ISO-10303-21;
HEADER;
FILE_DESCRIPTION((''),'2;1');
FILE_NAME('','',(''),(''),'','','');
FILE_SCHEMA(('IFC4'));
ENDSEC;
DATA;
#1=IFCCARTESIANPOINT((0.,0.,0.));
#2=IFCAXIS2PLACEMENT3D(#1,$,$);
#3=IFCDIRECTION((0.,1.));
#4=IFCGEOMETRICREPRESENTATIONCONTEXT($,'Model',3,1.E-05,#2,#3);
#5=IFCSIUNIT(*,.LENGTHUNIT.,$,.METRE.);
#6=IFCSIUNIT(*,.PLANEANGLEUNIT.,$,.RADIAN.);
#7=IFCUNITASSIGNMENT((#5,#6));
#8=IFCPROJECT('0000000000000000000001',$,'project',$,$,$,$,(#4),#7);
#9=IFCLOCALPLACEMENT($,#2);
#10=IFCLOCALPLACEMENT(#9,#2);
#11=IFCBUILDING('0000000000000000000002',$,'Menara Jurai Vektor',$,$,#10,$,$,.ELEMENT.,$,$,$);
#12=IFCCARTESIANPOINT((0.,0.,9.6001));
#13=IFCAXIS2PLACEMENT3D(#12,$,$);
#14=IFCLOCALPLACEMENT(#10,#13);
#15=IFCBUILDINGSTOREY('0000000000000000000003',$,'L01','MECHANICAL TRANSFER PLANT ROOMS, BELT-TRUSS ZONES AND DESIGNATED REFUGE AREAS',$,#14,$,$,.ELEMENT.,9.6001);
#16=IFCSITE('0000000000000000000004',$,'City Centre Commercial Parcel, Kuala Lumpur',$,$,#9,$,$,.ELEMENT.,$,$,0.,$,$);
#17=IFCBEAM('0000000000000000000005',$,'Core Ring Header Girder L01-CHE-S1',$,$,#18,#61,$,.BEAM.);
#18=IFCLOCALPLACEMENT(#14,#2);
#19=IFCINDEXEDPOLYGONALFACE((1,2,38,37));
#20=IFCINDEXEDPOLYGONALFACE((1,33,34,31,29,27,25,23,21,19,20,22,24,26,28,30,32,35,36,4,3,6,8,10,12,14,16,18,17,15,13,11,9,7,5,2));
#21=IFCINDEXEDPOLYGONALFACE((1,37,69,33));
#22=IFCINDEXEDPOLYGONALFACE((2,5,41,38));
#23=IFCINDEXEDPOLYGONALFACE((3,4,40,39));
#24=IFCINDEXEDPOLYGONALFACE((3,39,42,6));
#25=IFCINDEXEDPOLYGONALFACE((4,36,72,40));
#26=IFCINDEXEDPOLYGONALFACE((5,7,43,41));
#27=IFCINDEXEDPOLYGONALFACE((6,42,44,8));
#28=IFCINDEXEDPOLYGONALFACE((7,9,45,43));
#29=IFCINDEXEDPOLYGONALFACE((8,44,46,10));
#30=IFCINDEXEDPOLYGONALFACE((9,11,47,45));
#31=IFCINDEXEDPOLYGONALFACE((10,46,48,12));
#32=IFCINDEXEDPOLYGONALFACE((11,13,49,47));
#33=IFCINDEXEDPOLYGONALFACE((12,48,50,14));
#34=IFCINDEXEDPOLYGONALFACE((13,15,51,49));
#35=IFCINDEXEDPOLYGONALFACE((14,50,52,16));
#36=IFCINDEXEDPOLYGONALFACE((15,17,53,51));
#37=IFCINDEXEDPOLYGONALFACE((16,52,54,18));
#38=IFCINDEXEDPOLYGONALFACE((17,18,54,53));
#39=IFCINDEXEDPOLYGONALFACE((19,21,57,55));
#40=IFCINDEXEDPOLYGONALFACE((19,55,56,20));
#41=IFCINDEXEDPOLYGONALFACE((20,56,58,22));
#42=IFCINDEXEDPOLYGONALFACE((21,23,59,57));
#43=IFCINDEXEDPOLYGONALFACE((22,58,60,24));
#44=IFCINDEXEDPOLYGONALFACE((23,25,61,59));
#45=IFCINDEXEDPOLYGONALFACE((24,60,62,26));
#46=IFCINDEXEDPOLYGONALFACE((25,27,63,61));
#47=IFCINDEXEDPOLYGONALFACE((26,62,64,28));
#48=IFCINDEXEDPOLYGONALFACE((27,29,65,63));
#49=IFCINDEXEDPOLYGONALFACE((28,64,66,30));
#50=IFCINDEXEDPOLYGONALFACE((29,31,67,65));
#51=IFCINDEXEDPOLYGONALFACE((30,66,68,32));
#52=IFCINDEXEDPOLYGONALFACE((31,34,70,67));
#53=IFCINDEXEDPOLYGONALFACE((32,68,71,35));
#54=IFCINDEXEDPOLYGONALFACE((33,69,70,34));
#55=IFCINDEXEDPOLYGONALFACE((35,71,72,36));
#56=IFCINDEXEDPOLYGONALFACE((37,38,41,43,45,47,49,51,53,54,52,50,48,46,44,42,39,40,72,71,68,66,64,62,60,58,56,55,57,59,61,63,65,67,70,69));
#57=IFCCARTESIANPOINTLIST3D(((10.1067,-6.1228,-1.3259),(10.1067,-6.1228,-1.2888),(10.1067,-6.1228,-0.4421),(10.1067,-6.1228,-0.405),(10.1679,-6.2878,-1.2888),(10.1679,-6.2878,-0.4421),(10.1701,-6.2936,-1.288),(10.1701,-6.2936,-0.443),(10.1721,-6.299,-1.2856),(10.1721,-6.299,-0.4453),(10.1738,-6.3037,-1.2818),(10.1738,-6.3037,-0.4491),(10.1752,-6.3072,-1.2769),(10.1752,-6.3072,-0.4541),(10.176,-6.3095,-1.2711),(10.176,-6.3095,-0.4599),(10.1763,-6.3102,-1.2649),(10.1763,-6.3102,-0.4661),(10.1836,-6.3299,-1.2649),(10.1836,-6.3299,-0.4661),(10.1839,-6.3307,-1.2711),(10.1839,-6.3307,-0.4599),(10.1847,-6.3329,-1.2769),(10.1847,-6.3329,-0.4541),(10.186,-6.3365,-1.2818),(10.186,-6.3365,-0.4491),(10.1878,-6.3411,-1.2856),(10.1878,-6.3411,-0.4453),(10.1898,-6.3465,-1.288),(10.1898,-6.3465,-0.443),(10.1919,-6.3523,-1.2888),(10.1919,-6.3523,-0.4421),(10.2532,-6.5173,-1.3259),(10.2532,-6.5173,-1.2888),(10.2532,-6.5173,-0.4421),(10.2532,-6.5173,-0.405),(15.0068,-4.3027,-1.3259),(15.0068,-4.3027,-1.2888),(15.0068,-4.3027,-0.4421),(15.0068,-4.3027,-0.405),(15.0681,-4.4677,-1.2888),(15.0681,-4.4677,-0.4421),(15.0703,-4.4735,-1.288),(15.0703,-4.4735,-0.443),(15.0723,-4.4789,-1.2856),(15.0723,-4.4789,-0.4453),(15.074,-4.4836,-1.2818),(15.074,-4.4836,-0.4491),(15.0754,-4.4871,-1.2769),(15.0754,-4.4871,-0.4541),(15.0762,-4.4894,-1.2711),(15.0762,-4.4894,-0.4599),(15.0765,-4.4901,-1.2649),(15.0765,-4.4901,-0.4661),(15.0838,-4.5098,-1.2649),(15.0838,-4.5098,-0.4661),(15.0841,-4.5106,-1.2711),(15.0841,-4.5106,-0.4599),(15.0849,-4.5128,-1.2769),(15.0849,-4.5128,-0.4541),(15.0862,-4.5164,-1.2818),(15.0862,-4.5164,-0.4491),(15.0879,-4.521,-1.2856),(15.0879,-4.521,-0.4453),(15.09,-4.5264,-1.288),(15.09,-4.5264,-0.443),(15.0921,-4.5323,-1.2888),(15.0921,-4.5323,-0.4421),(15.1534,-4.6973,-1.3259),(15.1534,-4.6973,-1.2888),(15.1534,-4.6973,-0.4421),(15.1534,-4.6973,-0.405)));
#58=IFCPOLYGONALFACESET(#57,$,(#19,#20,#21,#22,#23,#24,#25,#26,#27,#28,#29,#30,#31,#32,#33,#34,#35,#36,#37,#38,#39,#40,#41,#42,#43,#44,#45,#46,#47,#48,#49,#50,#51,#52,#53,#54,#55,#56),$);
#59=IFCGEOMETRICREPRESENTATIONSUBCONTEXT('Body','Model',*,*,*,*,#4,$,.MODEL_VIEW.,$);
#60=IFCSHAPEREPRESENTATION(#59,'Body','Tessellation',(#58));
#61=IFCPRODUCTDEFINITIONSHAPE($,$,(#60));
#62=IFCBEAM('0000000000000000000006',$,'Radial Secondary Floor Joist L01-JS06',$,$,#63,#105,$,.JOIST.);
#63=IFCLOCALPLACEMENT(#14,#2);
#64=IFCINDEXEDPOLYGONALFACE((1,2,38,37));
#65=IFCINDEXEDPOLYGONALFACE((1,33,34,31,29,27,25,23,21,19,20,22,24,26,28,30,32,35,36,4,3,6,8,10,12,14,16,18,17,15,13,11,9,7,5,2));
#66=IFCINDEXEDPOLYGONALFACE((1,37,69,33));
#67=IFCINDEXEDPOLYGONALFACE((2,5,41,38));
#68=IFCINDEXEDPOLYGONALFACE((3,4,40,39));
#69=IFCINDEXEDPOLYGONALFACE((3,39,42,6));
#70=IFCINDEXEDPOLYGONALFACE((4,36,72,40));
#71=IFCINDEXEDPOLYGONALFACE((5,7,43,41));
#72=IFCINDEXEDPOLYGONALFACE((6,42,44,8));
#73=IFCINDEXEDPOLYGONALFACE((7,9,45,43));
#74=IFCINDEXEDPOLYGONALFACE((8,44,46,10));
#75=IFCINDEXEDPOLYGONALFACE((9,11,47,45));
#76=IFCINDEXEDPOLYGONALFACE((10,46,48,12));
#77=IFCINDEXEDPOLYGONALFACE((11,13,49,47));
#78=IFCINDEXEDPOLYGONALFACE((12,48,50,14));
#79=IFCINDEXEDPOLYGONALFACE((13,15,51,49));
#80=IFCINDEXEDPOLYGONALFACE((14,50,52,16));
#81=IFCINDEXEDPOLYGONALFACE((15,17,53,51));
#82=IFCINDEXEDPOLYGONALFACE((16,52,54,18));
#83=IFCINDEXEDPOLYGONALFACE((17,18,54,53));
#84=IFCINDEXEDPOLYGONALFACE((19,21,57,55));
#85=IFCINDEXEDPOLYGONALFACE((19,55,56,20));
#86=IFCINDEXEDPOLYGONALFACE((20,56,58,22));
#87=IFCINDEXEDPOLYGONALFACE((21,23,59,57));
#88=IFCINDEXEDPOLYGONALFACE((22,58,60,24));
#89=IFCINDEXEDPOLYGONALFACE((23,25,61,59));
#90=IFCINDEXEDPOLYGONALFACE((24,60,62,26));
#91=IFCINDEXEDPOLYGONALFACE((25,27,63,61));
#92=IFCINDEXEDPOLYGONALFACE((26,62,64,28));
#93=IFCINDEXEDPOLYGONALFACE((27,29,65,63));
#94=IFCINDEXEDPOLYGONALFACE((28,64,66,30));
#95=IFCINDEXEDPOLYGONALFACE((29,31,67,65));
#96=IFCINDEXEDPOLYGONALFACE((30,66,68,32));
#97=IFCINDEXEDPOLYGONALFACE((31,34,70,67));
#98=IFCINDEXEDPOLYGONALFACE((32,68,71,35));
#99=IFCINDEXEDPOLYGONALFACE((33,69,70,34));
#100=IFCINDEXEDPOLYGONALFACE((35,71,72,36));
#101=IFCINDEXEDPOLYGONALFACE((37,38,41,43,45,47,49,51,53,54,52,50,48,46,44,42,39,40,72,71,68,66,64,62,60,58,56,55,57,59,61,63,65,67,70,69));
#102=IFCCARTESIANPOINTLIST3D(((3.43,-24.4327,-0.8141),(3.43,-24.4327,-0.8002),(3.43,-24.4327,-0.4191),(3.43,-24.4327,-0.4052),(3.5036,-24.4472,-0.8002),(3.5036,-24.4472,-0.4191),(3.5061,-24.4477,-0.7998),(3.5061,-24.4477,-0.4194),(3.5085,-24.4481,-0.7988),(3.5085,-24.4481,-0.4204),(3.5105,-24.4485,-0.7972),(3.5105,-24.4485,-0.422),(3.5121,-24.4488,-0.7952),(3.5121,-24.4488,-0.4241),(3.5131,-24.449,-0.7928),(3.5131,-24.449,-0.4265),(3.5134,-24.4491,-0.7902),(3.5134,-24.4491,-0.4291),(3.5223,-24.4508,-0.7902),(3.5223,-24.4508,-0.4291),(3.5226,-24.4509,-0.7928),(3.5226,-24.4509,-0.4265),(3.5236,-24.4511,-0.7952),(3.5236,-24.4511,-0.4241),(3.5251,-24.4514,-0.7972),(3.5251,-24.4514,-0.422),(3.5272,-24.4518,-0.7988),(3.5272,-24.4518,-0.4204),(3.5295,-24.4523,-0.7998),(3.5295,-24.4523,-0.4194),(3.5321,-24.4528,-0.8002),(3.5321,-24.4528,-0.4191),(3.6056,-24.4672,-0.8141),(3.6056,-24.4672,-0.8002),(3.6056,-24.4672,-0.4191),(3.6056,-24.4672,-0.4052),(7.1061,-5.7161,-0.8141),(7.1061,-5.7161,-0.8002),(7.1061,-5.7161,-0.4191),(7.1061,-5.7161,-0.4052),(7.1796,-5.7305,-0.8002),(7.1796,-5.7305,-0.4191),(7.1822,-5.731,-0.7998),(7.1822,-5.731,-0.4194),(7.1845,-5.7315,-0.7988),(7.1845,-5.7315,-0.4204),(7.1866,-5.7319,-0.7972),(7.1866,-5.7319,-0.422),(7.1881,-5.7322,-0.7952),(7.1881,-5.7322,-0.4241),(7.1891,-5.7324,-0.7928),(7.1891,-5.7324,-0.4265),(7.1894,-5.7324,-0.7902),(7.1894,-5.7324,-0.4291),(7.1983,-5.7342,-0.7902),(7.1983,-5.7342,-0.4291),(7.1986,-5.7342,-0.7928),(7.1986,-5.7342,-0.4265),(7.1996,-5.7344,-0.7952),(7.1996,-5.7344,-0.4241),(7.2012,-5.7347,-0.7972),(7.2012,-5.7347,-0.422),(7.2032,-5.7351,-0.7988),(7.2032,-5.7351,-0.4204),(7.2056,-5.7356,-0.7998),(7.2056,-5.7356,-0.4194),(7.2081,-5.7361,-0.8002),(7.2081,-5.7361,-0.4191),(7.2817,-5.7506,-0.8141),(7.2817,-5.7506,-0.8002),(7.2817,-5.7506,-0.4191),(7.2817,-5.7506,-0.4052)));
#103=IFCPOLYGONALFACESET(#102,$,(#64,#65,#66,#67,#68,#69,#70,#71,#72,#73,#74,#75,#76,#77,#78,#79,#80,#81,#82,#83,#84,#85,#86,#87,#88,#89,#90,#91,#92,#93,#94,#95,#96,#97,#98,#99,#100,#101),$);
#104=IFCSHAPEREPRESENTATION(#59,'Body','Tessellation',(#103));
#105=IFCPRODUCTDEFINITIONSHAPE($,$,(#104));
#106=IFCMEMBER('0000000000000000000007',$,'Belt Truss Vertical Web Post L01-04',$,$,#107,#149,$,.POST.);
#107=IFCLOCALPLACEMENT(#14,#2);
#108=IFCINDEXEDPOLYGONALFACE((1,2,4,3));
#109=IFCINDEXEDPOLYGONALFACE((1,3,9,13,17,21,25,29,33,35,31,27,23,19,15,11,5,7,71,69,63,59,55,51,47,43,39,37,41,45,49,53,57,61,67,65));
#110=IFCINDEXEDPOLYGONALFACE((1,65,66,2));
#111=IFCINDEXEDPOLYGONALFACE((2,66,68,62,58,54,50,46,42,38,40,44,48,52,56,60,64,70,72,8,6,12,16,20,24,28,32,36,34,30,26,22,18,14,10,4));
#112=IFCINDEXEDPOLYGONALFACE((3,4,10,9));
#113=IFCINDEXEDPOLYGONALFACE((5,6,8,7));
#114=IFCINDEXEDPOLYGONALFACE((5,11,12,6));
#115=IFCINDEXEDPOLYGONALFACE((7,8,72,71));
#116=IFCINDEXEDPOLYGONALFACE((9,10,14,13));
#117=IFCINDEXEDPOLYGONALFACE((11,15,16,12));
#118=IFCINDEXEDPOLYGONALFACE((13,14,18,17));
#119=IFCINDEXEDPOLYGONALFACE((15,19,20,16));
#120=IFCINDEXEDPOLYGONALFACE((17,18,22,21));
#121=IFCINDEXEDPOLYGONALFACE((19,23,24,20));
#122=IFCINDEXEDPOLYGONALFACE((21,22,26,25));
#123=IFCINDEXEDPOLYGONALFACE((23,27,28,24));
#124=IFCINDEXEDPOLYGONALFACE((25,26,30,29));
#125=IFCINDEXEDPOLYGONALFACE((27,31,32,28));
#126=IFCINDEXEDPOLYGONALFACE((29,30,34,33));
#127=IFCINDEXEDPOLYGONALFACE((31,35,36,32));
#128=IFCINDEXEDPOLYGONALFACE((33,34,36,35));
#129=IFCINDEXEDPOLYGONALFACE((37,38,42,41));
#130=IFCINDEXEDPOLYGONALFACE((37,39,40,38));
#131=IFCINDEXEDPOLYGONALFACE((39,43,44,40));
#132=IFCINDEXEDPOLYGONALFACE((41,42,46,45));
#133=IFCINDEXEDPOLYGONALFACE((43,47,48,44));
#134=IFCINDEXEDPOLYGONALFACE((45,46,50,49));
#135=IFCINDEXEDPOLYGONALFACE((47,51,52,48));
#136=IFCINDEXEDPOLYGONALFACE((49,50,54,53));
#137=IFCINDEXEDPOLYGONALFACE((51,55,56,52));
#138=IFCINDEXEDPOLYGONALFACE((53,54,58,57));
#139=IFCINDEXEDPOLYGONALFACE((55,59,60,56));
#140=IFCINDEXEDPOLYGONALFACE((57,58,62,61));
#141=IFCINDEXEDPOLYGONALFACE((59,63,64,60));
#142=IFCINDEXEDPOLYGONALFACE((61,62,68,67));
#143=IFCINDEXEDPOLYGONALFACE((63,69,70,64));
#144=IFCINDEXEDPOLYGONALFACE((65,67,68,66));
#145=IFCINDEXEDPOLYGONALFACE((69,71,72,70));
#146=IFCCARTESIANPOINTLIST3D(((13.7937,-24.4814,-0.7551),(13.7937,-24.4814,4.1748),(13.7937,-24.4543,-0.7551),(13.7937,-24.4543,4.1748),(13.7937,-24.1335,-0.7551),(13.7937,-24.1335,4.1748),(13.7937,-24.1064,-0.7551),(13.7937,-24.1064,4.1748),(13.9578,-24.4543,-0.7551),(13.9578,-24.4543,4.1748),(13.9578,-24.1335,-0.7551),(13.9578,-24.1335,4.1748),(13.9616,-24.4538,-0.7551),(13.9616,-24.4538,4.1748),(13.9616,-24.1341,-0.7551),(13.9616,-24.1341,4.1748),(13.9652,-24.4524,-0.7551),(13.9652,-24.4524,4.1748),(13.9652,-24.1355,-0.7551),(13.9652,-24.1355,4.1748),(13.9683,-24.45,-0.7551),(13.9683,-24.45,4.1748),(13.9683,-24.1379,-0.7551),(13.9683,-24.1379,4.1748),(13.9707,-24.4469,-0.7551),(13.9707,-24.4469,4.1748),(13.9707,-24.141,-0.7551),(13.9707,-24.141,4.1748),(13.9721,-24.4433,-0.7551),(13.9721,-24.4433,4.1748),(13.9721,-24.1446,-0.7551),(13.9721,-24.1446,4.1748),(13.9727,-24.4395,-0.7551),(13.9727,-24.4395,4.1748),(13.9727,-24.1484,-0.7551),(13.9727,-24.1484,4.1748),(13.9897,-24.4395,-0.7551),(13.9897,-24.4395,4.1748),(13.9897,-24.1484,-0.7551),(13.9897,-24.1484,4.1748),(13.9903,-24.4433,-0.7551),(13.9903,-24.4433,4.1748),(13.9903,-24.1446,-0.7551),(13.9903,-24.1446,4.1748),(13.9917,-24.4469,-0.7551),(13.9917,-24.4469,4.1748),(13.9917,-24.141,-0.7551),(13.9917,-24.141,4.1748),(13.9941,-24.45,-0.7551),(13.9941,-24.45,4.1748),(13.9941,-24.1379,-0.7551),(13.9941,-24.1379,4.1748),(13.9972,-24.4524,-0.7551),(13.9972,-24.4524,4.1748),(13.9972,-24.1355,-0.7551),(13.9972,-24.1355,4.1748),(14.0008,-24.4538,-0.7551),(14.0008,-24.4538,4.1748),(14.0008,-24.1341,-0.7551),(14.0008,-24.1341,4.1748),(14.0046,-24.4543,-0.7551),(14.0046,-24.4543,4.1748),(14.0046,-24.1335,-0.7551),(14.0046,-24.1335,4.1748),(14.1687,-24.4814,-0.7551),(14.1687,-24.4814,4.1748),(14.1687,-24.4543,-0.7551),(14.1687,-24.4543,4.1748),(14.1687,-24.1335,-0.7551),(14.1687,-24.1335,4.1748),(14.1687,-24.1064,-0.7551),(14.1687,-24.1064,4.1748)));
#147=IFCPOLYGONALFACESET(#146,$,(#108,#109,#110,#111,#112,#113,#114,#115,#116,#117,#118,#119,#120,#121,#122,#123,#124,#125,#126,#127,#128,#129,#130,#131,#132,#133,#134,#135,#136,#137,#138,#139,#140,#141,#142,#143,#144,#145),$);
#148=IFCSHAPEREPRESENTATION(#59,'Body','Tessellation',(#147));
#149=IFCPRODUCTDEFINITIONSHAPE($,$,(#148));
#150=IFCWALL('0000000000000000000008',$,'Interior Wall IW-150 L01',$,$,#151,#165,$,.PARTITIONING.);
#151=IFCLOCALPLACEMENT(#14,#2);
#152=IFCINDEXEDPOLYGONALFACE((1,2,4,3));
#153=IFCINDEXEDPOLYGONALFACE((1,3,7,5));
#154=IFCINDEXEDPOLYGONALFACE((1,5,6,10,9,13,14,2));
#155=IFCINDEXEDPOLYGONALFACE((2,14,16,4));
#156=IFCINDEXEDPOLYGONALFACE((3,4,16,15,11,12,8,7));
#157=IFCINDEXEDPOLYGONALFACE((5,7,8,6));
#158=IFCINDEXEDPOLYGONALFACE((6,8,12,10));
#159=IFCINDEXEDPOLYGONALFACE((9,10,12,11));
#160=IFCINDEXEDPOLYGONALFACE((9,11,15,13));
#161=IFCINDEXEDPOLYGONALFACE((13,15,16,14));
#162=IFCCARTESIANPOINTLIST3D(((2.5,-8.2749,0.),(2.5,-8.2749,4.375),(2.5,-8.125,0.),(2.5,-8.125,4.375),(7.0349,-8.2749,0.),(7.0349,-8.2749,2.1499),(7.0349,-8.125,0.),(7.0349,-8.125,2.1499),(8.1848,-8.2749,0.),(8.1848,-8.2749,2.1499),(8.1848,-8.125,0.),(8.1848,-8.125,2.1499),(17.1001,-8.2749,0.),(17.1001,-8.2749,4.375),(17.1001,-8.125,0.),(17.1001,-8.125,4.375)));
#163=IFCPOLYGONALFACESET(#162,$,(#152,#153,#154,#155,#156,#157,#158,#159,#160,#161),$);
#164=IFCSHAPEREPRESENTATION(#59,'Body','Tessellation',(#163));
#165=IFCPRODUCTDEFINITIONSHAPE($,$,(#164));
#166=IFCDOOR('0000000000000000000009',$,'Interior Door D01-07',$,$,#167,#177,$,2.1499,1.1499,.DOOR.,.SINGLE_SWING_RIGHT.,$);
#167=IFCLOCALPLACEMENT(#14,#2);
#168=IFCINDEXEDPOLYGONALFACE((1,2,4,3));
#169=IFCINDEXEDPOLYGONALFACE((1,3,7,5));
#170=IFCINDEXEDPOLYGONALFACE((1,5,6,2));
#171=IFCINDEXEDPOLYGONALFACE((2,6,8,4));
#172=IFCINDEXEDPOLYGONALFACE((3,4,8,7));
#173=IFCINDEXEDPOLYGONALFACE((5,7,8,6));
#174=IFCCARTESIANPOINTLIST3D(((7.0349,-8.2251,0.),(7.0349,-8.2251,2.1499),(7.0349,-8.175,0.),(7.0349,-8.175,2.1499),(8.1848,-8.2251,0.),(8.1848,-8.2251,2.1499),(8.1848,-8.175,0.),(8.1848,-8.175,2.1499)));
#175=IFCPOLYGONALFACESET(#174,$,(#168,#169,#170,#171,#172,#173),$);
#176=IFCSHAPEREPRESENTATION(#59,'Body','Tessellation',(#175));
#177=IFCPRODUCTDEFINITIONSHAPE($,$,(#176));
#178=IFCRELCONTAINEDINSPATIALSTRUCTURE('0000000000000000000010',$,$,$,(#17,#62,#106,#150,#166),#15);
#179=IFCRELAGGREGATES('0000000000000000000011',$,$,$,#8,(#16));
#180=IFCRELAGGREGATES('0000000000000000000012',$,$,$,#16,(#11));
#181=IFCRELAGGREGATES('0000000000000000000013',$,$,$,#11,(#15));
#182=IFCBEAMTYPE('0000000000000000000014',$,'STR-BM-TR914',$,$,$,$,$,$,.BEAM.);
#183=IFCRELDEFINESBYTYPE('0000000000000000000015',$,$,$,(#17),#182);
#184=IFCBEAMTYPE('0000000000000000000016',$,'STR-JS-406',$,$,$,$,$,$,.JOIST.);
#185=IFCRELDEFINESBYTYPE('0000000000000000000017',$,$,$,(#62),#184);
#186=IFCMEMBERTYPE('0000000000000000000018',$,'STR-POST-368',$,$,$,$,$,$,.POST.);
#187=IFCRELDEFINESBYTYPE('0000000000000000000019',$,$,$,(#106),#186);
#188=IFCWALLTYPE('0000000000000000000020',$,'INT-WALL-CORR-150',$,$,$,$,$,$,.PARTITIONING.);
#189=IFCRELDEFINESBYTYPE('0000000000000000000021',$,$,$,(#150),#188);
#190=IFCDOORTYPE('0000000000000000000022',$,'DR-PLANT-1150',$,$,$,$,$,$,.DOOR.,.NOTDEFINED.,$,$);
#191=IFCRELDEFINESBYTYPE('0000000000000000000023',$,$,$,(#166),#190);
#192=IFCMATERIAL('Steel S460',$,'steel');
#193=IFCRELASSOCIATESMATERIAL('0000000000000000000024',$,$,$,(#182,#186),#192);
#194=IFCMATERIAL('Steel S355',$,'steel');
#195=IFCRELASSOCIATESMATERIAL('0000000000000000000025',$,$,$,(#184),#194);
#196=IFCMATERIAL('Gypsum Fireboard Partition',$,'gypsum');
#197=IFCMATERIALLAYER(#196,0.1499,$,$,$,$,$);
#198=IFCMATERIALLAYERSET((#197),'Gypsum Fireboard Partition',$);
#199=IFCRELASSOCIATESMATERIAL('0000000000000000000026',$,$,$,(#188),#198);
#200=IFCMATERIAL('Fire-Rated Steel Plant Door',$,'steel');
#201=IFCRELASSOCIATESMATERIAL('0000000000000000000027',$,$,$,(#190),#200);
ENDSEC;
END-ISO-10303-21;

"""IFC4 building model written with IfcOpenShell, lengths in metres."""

from ifc_helpers import new_model, si_unit, direction, frame, frame_2d, origin, origin_2d, place, context, subcontext, project, spatial, rectangle, i_section, extrude, material, layer, layer_set, material_profile, profile_set, type_object, element, fill, save


model = new_model("IFC4")

# Units and contexts
model_context = context("Model", 3, precision=1e-05, world=origin(), true_north=direction((0.0, 1.0)))
body_context = subcontext(model_context, "Body", "Model", "MODEL_VIEW")
ifc_project = project(units=[si_unit("LENGTHUNIT", "METRE"), si_unit("PLANEANGLEUNIT", "RADIAN")], contexts=[model_context])

# Site, building, storey
site_placement = place(None, origin())
site = spatial("IfcSite", under=ifc_project, at=site_placement, Name="City Centre Commercial Parcel, Kuala Lumpur", CompositionType="ELEMENT", RefElevation=0.0)
building_placement = place(site_placement, origin())
building = spatial("IfcBuilding", under=site, at=building_placement, Name="Menara Jurai Vektor", CompositionType="ELEMENT")
storey_placement = place(building_placement, frame((0.0, 0.0, 9.6001)))
storey = spatial("IfcBuildingStorey", under=building, at=storey_placement, Name="L01", Description="MECHANICAL TRANSFER PLANT ROOMS, BELT-TRUSS ZONES AND DESIGNATED REFUGE AREAS", CompositionType="ELEMENT", Elevation=9.6001)

# Shared definitions
ifc_material_1 = material(Name="Steel S460", Category="steel")

# Beams
ifc_material_profile_1 = material_profile(ifc_material_1, i_section(OverallWidth=0.4209, OverallDepth=0.9209, WebThickness=0.021, FlangeThickness=0.0371, FilletRadius=0.0239, at=origin_2d()), Name="UKB 914x419x388")
ifc_profile_set_1 = profile_set([ifc_material_profile_1], Name="Steel S460")
beam_type_1 = type_object("IfcBeamType", Name="STR-BM-TR914", PredefinedType="BEAM", material=ifc_profile_set_1)
beam_1_placement = place(storey_placement, frame((10.1799, -6.3201, -0.8655), z_axis=(0.937424, 0.348189, 0.0), x_axis=(-0.348189, 0.937424, 0.0)))
element("IfcBeam", 1, at=beam_1_placement, inside=storey, type_object=beam_type_1, Name="Core Ring Header Girder L01-CHE-S1", PredefinedType="BEAM", context=body_context, shape_type="SweptSolid", body=[
    extrude(i_section(OverallWidth=0.4209, OverallDepth=0.9209, WebThickness=0.021, FlangeThickness=0.0371, FilletRadius=0.0239, at=origin_2d()), origin(), (0.0, 0.0, 1.0), 5.2273),
])
ifc_material_2 = material(Name="Steel S355", Category="steel")
ifc_material_profile_2 = material_profile(ifc_material_2, i_section(OverallWidth=0.179, OverallDepth=0.4089, WebThickness=0.009, FlangeThickness=0.0139, FilletRadius=0.01, at=origin_2d()), Name="UKB 406x178x67")
ifc_profile_set_2 = profile_set([ifc_material_profile_2], Name="Steel S355")
beam_type_2 = type_object("IfcBeamType", Name="STR-JS-406", PredefinedType="JOIST", material=ifc_profile_set_2)
beam_2_placement = place(storey_placement, frame((3.5178, -24.45, -0.6096), z_axis=(0.192723, 0.981253, 0.0), x_axis=(-0.981253, 0.192723, 0.0)))
element("IfcBeam", 2, at=beam_2_placement, inside=storey, type_object=beam_type_2, Name="Radial Secondary Floor Joist L01-JS06", PredefinedType="JOIST", context=body_context, shape_type="SweptSolid", body=[
    extrude(i_section(OverallWidth=0.179, OverallDepth=0.4089, WebThickness=0.009, FlangeThickness=0.0139, FilletRadius=0.01, at=origin_2d()), origin(), (0.0, 0.0, 1.0), 19.0742),
])

# Member
ifc_material_profile_3 = material_profile(ifc_material_1, i_section(OverallWidth=0.375, OverallDepth=0.375, WebThickness=0.0171, FlangeThickness=0.0271, FilletRadius=0.0149, at=origin_2d()), Name="UKC 356x368x202")
ifc_profile_set_3 = profile_set([ifc_material_profile_3], Name="Steel S460")
member_type = type_object("IfcMemberType", Name="STR-POST-368", PredefinedType="POST", material=ifc_profile_set_3)
member_placement = place(storey_placement, frame((13.9812, -24.2939, -0.7551), z_axis=(0.0, 0.0, 1.0), x_axis=(1.0, 0.0, 0.0)))
element("IfcMember", 3, at=member_placement, inside=storey, type_object=member_type, Name="Belt Truss Vertical Web Post L01-04", PredefinedType="POST", context=body_context, shape_type="SweptSolid", body=[
    extrude(i_section(OverallWidth=0.375, OverallDepth=0.375, WebThickness=0.0171, FlangeThickness=0.0271, FilletRadius=0.0149, at=origin_2d()), origin(), (0.0, 0.0, 1.0), 4.9299),
])

# Wall, opening, door
ifc_material_3 = material(Name="Gypsum Fireboard Partition", Category="gypsum")
ifc_layer_1 = layer(ifc_material_3, 0.1499)
ifc_layer_set_1 = layer_set([ifc_layer_1], Name="Gypsum Fireboard Partition")
wall_type_1 = type_object("IfcWallType", Name="INT-WALL-CORR-150", PredefinedType="PARTITIONING", material=ifc_layer_set_1)
wall_1_placement = place(storey_placement, frame((2.5, -8.2, 0.0), z_axis=(0.0, 0.0, 1.0), x_axis=(1.0, 0.0, 0.0)))
wall_1 = element("IfcWall", 4, at=wall_1_placement, inside=storey, type_object=wall_type_1, Name="Interior Wall IW-150 L01", PredefinedType="PARTITIONING", context=body_context, shape_type="SweptSolid", body=[
    extrude(rectangle(XDim=14.6001, YDim=0.1499, at=frame_2d((7.3, 0.0))), origin(), (0.0, 0.0, 1.0), 4.375),
])
opening_1_placement = place(wall_1_placement, frame((4.5349, 0.0, 0.0)))
opening_1 = element("IfcOpeningElement", 5, at=opening_1_placement, cuts=wall_1, PredefinedType="OPENING", context=body_context, shape_type="SweptSolid", body=[
    extrude(rectangle(XDim=1.1499, YDim=2.1499, at=frame_2d((0.575, 1.075))), frame((0.0, 0.085, 0.0), z_axis=(0.0, -1.0, 0.0), x_axis=(1.0, 0.0, 0.0)), (0.0, 0.0, 1.0), 0.1699),
])
ifc_material_4 = material(Name="Fire-Rated Steel Plant Door", Category="steel")
door_type = type_object("IfcDoorType", Name="DR-PLANT-1150", OperationType="NOTDEFINED", PredefinedType="DOOR", material=ifc_material_4)
door_1_placement = place(opening_1_placement, origin())
door_1 = element("IfcDoor", 6, at=door_1_placement, inside=storey, type_object=door_type, Name="Interior Door D01-07", OperationType="SINGLE_SWING_RIGHT", OverallHeight=2.1499, OverallWidth=1.1499, PredefinedType="DOOR", context=body_context, shape_type="SweptSolid", body=[
    extrude(rectangle(XDim=1.1499, YDim=2.1499, at=frame_2d((0.575, 1.075))), frame((0.0, 0.0249, 0.0), z_axis=(0.0, -1.0, 0.0), x_axis=(1.0, 0.0, 0.0)), (0.0, 0.0, 1.0), 0.05),
])
fill(opening_1, door_1)

save(model, "model.ifc")
